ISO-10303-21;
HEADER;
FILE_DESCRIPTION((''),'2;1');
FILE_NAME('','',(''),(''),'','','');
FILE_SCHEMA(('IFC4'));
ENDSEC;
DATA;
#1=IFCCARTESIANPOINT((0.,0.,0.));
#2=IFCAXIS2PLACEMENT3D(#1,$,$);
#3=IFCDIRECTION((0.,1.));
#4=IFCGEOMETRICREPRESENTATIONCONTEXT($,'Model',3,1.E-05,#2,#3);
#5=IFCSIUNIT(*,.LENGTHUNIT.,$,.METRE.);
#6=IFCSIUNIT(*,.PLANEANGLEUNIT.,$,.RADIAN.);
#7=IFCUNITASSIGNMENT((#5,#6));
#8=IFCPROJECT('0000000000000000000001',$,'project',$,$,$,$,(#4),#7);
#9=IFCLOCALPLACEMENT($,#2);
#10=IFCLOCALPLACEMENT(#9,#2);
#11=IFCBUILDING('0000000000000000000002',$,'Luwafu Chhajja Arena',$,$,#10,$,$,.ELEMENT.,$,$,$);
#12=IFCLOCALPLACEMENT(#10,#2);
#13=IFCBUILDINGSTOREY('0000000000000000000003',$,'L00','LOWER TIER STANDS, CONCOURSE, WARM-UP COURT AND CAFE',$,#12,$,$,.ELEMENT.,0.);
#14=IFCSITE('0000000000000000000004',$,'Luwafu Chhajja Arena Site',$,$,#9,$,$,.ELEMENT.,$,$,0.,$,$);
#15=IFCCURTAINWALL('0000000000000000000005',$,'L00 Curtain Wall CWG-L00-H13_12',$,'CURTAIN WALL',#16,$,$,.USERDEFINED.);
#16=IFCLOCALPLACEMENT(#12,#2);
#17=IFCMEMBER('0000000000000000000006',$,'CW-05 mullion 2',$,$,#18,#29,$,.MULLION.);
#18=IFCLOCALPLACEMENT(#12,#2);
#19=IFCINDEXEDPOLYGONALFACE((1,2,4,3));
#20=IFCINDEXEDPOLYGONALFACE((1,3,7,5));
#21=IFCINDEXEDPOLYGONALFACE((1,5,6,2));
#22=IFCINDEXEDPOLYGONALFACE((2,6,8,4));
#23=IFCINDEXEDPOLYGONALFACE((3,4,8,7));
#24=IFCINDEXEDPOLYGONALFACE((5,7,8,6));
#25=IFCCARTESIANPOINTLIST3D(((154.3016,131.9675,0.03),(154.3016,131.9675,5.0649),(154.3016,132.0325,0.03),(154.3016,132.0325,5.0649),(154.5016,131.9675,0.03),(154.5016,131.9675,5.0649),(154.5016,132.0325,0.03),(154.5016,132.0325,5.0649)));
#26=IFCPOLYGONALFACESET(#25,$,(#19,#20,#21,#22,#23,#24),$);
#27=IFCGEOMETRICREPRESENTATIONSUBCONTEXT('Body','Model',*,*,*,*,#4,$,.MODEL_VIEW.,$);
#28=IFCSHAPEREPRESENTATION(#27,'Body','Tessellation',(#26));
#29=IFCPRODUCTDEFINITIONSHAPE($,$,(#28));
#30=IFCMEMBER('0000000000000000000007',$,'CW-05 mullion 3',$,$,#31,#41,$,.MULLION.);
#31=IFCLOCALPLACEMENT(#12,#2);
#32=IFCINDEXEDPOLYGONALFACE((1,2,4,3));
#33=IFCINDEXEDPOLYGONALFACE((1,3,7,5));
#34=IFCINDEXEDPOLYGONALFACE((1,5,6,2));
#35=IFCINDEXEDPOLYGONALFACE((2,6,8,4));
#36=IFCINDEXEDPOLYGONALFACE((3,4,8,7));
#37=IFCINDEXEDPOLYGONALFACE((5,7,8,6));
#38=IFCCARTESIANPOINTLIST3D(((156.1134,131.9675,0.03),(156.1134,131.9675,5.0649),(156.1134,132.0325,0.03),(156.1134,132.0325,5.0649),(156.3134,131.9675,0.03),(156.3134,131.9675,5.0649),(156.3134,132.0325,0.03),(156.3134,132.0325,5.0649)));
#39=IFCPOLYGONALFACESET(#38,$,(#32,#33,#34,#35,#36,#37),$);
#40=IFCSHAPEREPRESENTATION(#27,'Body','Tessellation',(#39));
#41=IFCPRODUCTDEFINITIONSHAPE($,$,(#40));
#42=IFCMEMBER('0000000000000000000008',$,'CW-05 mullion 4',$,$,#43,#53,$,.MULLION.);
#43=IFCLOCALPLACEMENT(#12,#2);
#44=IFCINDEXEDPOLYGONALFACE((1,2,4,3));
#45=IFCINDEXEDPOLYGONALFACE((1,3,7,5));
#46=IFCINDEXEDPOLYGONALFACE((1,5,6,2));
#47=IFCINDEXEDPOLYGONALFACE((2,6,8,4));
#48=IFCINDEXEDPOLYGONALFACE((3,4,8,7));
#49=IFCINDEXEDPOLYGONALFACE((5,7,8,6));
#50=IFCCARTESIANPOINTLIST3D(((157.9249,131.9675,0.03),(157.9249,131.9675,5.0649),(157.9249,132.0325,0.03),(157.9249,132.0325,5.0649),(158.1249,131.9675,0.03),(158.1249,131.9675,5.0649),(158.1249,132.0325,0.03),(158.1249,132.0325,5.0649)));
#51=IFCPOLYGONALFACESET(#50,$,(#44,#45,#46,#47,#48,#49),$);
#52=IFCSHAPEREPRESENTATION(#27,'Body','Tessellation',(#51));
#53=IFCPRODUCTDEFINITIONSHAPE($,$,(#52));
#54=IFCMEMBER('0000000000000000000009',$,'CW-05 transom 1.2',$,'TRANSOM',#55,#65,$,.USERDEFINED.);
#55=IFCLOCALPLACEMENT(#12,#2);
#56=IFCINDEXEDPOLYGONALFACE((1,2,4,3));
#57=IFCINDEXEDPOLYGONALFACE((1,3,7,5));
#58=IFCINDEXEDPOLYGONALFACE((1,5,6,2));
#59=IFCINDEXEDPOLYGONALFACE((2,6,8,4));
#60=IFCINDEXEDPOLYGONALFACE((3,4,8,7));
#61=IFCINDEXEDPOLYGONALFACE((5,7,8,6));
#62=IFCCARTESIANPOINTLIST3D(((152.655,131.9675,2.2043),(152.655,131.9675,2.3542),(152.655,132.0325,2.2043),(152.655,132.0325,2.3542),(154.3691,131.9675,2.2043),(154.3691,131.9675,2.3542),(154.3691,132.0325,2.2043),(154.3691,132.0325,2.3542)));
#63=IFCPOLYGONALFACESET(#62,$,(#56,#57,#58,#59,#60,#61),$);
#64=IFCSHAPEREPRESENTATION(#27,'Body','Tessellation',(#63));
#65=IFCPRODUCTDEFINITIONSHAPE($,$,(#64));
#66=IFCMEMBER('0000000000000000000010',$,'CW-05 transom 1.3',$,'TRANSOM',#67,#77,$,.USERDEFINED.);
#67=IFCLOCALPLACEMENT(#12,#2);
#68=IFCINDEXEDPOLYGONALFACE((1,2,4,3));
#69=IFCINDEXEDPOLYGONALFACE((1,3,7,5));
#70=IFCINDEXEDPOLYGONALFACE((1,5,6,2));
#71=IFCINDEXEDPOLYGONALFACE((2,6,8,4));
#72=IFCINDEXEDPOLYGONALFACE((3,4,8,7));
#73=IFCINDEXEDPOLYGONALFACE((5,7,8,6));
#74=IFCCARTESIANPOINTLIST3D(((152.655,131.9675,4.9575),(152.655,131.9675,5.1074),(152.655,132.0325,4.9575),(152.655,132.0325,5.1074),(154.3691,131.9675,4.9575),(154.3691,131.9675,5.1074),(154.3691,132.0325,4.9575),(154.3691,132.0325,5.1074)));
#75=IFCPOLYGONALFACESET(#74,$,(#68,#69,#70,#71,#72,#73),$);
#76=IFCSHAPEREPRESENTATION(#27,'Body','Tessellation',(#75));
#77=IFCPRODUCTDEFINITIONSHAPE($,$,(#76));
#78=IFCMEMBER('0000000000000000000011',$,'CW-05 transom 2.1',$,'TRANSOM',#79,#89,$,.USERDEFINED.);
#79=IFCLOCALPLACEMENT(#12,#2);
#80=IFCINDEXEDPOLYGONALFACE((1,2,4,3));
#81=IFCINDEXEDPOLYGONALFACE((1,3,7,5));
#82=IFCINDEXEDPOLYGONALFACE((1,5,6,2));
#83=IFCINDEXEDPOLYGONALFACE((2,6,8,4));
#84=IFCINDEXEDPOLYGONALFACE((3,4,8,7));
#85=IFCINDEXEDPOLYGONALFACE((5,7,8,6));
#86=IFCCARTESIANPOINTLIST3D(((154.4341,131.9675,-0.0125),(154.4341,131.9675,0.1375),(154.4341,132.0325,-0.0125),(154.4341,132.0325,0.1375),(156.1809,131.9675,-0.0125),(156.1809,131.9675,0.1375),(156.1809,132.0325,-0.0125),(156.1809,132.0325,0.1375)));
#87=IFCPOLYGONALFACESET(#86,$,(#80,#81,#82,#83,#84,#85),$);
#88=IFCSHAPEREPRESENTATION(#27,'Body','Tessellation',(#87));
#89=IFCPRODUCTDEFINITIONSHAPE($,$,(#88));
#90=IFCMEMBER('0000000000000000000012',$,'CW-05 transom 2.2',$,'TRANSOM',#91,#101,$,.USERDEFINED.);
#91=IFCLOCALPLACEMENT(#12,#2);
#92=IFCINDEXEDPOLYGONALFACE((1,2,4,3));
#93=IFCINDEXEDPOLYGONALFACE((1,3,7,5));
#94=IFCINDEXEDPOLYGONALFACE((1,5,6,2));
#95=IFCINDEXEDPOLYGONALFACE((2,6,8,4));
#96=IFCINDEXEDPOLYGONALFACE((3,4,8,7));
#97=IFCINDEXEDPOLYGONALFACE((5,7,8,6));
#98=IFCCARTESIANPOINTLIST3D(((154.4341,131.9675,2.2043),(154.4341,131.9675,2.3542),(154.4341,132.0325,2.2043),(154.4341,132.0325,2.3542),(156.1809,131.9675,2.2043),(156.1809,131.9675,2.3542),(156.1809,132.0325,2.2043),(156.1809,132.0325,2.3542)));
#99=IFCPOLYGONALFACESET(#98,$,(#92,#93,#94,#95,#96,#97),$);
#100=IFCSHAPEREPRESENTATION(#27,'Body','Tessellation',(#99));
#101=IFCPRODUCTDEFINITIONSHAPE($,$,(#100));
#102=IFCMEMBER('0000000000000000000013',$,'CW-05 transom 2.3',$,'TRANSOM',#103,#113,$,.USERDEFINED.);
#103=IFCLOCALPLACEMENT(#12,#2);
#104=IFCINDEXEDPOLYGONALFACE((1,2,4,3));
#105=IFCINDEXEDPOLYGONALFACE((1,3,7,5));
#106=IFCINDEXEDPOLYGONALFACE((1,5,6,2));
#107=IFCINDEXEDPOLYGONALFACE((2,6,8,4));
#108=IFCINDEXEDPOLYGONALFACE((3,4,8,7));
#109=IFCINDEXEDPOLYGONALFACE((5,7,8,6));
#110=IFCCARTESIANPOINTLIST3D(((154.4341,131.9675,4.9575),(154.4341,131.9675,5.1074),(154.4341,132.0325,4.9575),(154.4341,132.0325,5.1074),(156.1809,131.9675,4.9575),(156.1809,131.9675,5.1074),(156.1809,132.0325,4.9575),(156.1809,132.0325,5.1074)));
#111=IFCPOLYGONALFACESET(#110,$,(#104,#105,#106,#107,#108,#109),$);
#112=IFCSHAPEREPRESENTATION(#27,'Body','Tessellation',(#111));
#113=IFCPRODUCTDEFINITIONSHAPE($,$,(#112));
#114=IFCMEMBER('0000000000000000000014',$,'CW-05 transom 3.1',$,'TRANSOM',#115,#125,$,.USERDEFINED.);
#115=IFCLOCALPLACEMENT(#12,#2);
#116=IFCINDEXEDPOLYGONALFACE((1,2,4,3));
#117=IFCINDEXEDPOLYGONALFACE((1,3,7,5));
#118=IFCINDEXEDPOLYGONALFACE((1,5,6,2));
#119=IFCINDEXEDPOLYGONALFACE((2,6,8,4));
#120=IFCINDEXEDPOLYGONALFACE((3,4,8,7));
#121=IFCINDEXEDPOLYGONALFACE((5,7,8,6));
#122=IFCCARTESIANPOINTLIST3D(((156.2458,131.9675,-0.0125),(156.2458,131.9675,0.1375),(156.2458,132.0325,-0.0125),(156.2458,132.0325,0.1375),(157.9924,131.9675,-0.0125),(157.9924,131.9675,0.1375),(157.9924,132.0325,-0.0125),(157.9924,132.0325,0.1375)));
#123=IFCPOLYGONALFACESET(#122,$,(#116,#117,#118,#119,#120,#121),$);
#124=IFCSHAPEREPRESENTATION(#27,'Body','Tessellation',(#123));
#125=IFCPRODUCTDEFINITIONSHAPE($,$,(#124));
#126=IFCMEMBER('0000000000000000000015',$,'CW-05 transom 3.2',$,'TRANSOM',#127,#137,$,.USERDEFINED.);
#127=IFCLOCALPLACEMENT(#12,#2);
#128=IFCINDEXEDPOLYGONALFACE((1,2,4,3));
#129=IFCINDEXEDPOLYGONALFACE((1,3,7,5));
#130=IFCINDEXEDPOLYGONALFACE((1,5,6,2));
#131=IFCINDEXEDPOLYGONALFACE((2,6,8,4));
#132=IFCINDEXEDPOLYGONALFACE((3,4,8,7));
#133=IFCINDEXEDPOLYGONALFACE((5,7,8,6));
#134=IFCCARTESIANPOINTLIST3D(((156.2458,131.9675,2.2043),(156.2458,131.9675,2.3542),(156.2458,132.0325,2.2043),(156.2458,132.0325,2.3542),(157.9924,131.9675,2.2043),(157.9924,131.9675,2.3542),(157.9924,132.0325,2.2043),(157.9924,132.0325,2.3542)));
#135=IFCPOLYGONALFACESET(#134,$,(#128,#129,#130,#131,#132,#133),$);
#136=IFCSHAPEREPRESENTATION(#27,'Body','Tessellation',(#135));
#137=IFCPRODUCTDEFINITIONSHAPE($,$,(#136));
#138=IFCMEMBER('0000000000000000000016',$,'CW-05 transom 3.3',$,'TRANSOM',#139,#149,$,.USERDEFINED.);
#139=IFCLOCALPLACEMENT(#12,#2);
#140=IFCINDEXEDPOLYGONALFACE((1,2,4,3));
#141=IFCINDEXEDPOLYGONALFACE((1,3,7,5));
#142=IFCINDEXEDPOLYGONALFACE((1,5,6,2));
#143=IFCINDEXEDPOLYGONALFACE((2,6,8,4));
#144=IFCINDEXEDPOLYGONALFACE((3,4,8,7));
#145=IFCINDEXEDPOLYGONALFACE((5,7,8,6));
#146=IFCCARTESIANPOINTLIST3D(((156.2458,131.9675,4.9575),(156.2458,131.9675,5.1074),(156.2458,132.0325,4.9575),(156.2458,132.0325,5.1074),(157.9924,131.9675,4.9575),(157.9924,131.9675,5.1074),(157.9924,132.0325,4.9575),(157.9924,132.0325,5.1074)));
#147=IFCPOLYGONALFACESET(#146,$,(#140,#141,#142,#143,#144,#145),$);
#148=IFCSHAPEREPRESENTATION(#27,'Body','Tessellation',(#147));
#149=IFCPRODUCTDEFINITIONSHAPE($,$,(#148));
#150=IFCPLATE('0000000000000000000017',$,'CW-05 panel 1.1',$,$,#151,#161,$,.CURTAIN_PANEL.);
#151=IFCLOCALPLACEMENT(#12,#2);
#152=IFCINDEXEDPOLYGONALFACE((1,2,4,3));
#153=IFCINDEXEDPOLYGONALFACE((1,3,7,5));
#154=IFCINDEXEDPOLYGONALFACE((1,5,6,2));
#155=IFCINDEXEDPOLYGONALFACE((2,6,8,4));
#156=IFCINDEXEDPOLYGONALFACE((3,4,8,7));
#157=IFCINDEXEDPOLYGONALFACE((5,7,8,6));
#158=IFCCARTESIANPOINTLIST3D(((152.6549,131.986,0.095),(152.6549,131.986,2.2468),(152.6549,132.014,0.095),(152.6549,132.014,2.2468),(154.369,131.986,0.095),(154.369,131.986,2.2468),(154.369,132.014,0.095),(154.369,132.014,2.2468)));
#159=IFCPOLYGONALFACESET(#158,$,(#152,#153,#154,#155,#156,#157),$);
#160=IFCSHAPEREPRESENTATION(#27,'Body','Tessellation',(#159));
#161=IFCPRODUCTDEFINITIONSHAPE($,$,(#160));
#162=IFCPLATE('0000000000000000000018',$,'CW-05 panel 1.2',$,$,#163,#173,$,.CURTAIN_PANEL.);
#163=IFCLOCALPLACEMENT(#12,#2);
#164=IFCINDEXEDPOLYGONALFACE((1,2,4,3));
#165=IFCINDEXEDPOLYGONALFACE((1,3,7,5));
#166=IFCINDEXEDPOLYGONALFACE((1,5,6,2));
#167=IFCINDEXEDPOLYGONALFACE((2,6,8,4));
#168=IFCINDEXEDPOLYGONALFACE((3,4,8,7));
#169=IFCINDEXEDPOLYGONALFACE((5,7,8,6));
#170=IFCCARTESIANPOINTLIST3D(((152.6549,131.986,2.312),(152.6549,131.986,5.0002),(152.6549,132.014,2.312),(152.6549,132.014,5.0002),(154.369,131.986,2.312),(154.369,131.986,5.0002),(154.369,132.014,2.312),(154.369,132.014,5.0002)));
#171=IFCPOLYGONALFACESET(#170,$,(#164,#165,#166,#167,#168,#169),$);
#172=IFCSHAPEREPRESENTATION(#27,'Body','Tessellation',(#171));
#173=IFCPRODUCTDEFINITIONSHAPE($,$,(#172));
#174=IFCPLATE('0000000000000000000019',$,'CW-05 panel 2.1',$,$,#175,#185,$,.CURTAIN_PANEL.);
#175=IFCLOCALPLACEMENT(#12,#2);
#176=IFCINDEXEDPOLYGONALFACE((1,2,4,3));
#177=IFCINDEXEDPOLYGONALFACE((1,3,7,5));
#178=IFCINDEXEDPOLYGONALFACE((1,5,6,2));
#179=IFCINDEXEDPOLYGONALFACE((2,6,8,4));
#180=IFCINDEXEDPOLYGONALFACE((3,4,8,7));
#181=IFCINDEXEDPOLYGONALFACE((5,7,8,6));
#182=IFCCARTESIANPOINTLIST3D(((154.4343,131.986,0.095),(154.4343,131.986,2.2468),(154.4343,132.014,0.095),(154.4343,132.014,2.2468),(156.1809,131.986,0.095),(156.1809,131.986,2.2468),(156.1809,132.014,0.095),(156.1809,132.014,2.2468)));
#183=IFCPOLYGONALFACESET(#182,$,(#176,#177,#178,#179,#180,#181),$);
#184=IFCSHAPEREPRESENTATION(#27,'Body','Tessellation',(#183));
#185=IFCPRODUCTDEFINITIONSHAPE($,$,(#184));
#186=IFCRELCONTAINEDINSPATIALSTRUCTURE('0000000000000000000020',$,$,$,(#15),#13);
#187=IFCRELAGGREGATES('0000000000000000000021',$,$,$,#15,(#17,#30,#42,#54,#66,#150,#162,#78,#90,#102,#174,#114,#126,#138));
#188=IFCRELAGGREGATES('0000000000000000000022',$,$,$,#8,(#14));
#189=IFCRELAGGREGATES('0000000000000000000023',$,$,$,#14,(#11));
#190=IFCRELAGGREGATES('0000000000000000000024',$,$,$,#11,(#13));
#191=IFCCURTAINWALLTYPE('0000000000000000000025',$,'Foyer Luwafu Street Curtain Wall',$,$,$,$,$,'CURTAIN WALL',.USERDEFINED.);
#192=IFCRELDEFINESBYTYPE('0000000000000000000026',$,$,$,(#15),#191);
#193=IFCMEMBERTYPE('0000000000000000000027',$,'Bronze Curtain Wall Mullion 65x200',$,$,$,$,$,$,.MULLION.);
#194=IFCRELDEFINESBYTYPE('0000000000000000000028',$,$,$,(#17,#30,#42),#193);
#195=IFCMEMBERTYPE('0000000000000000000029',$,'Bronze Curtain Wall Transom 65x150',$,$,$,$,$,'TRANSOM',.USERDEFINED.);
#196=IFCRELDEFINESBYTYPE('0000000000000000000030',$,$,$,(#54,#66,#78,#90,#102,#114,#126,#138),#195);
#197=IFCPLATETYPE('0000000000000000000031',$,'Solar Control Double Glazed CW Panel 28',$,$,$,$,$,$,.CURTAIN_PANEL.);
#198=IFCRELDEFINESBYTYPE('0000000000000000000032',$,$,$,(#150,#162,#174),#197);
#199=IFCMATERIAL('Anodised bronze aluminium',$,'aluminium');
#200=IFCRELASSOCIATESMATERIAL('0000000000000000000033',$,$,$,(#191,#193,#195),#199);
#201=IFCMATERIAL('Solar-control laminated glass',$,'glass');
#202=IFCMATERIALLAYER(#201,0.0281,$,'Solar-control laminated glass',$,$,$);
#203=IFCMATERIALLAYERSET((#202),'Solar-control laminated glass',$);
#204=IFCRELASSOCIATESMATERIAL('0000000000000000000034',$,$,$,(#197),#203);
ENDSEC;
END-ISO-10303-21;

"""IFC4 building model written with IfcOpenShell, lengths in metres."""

from ifc_helpers import new_model, si_unit, direction, frame, origin, origin_2d, place, context, subcontext, project, spatial, rectangle, extrude, material, layer, layer_set, material_profile, profile_set, type_object, element, aggregate, save


model = new_model("IFC4")

# Units and contexts
model_context = context("Model", 3, precision=1e-05, world=origin(), true_north=direction((0.0, 1.0)))
body_context = subcontext(model_context, "Body", "Model", "MODEL_VIEW")
ifc_project = project(units=[si_unit("LENGTHUNIT", "METRE"), si_unit("PLANEANGLEUNIT", "RADIAN")], contexts=[model_context])

# Site, building, storey
site_placement = place(None, origin())
site = spatial("IfcSite", under=ifc_project, at=site_placement, Name="Luwafu Chhajja Arena Site", CompositionType="ELEMENT", RefElevation=0.0)
building_placement = place(site_placement, origin())
building = spatial("IfcBuilding", under=site, at=building_placement, Name="Luwafu Chhajja Arena", CompositionType="ELEMENT")
storey_placement = place(building_placement, origin())
storey = spatial("IfcBuildingStorey", under=building, at=storey_placement, Name="L00", Description="LOWER TIER STANDS, CONCOURSE, WARM-UP COURT AND CAFE", CompositionType="ELEMENT", Elevation=0.0)

# Curtain wall, members, plates
ifc_material_1 = material(Name="Anodised bronze aluminium", Category="aluminium")
curtain_wall_type = type_object("IfcCurtainWallType", Name="Foyer Luwafu Street Curtain Wall", ElementType="CURTAIN WALL", PredefinedType="USERDEFINED", material=ifc_material_1)
curtain_wall_placement = place(storey_placement, origin())
curtain_wall = element("IfcCurtainWall", 1, at=curtain_wall_placement, inside=storey, type_object=curtain_wall_type, Name="L00 Curtain Wall CWG-L00-H13_12", ObjectType="CURTAIN WALL", PredefinedType="USERDEFINED")
ifc_material_profile_1 = material_profile(ifc_material_1, rectangle(XDim=0.0649, YDim=0.2, at=origin_2d()), Name="CWM 65x200")
ifc_profile_set_1 = profile_set([ifc_material_profile_1], Name="Anodised bronze aluminium")
member_type_1 = type_object("IfcMemberType", Name="Bronze Curtain Wall Mullion 65x200", PredefinedType="MULLION", material=ifc_profile_set_1)
member_1_placement = place(storey_placement, frame((154.4016, 132.0, 0.03), z_axis=(0.0, 0.0, 1.0), x_axis=(0.0, 1.0, 0.0)))
member_1 = element("IfcMember", 2, at=member_1_placement, type_object=member_type_1, Name="CW-05 mullion 2", PredefinedType="MULLION", context=body_context, shape_type="SweptSolid", body=[
    extrude(rectangle(XDim=0.0649, YDim=0.2, at=origin_2d()), origin(), (0.0, 0.0, 1.0), 5.0349),
])
member_2_placement = place(storey_placement, frame((156.2134, 132.0, 0.03), z_axis=(0.0, 0.0, 1.0), x_axis=(0.0, 1.0, 0.0)))
member_2 = element("IfcMember", 3, at=member_2_placement, type_object=member_type_1, Name="CW-05 mullion 3", PredefinedType="MULLION", context=body_context, shape_type="SweptSolid", body=[
    extrude(rectangle(XDim=0.0649, YDim=0.2, at=origin_2d()), origin(), (0.0, 0.0, 1.0), 5.0349),
])
member_3_placement = place(storey_placement, frame((158.0249, 132.0, 0.03), z_axis=(0.0, 0.0, 1.0), x_axis=(0.0, 1.0, 0.0)))
member_3 = element("IfcMember", 4, at=member_3_placement, type_object=member_type_1, Name="CW-05 mullion 4", PredefinedType="MULLION", context=body_context, shape_type="SweptSolid", body=[
    extrude(rectangle(XDim=0.0649, YDim=0.2, at=origin_2d()), origin(), (0.0, 0.0, 1.0), 5.0349),
])
ifc_material_profile_2 = material_profile(ifc_material_1, rectangle(XDim=0.0649, YDim=0.1499, at=origin_2d()), Name="CWT 65x150")
ifc_profile_set_2 = profile_set([ifc_material_profile_2], Name="Anodised bronze aluminium")
member_type_2 = type_object("IfcMemberType", Name="Bronze Curtain Wall Transom 65x150", ElementType="TRANSOM", PredefinedType="USERDEFINED", material=ifc_profile_set_2)
member_4_placement = place(storey_placement, frame((152.655, 132.0, 2.2793), z_axis=(1.0, 0.0, 0.0), x_axis=(0.0, 1.0, 0.0)))
member_4 = element("IfcMember", 5, at=member_4_placement, type_object=member_type_2, Name="CW-05 transom 1.2", ObjectType="TRANSOM", PredefinedType="USERDEFINED", context=body_context, shape_type="SweptSolid", body=[
    extrude(rectangle(XDim=0.0649, YDim=0.1499, at=origin_2d()), origin(), (0.0, 0.0, 1.0), 1.7141),
])
member_5_placement = place(storey_placement, frame((152.655, 132.0, 5.0325), z_axis=(1.0, 0.0, 0.0), x_axis=(0.0, 1.0, 0.0)))
member_5 = element("IfcMember", 6, at=member_5_placement, type_object=member_type_2, Name="CW-05 transom 1.3", ObjectType="TRANSOM", PredefinedType="USERDEFINED", context=body_context, shape_type="SweptSolid", body=[
    extrude(rectangle(XDim=0.0649, YDim=0.1499, at=origin_2d()), origin(), (0.0, 0.0, 1.0), 1.7141),
])
member_6_placement = place(storey_placement, frame((154.4341, 132.0, 0.0625), z_axis=(1.0, 0.0, 0.0), x_axis=(0.0, 1.0, 0.0)))
member_6 = element("IfcMember", 7, at=member_6_placement, type_object=member_type_2, Name="CW-05 transom 2.1", ObjectType="TRANSOM", PredefinedType="USERDEFINED", context=body_context, shape_type="SweptSolid", body=[
    extrude(rectangle(XDim=0.0649, YDim=0.1499, at=origin_2d()), origin(), (0.0, 0.0, 1.0), 1.7468),
])
member_7_placement = place(storey_placement, frame((154.4341, 132.0, 2.2793), z_axis=(1.0, 0.0, 0.0), x_axis=(0.0, 1.0, 0.0)))
member_7 = element("IfcMember", 8, at=member_7_placement, type_object=member_type_2, Name="CW-05 transom 2.2", ObjectType="TRANSOM", PredefinedType="USERDEFINED", context=body_context, shape_type="SweptSolid", body=[
    extrude(rectangle(XDim=0.0649, YDim=0.1499, at=origin_2d()), origin(), (0.0, 0.0, 1.0), 1.7468),
])
member_8_placement = place(storey_placement, frame((154.4341, 132.0, 5.0325), z_axis=(1.0, 0.0, 0.0), x_axis=(0.0, 1.0, 0.0)))
member_8 = element("IfcMember", 9, at=member_8_placement, type_object=member_type_2, Name="CW-05 transom 2.3", ObjectType="TRANSOM", PredefinedType="USERDEFINED", context=body_context, shape_type="SweptSolid", body=[
    extrude(rectangle(XDim=0.0649, YDim=0.1499, at=origin_2d()), origin(), (0.0, 0.0, 1.0), 1.7468),
])
member_9_placement = place(storey_placement, frame((156.2458, 132.0, 0.0625), z_axis=(1.0, 0.0, 0.0), x_axis=(0.0, 1.0, 0.0)))
member_9 = element("IfcMember", 10, at=member_9_placement, type_object=member_type_2, Name="CW-05 transom 3.1", ObjectType="TRANSOM", PredefinedType="USERDEFINED", context=body_context, shape_type="SweptSolid", body=[
    extrude(rectangle(XDim=0.0649, YDim=0.1499, at=origin_2d()), origin(), (0.0, 0.0, 1.0), 1.7466),
])
member_10_placement = place(storey_placement, frame((156.2458, 132.0, 2.2793), z_axis=(1.0, 0.0, 0.0), x_axis=(0.0, 1.0, 0.0)))
member_10 = element("IfcMember", 11, at=member_10_placement, type_object=member_type_2, Name="CW-05 transom 3.2", ObjectType="TRANSOM", PredefinedType="USERDEFINED", context=body_context, shape_type="SweptSolid", body=[
    extrude(rectangle(XDim=0.0649, YDim=0.1499, at=origin_2d()), origin(), (0.0, 0.0, 1.0), 1.7466),
])
member_11_placement = place(storey_placement, frame((156.2458, 132.0, 5.0325), z_axis=(1.0, 0.0, 0.0), x_axis=(0.0, 1.0, 0.0)))
member_11 = element("IfcMember", 12, at=member_11_placement, type_object=member_type_2, Name="CW-05 transom 3.3", ObjectType="TRANSOM", PredefinedType="USERDEFINED", context=body_context, shape_type="SweptSolid", body=[
    extrude(rectangle(XDim=0.0649, YDim=0.1499, at=origin_2d()), origin(), (0.0, 0.0, 1.0), 1.7466),
])
ifc_material_2 = material(Name="Solar-control laminated glass", Category="glass")
ifc_layer_1 = layer(ifc_material_2, 0.0281, Name="Solar-control laminated glass")
ifc_layer_set_1 = layer_set([ifc_layer_1], Name="Solar-control laminated glass")
plate_type = type_object("IfcPlateType", Name="Solar Control Double Glazed CW Panel 28", PredefinedType="CURTAIN_PANEL", material=ifc_layer_set_1)
plate_1_placement = place(storey_placement, frame((153.512, 132.0, 0.095), z_axis=(0.0, 0.0, 1.0), x_axis=(1.0, 0.0, 0.0)))
plate_1 = element("IfcPlate", 13, at=plate_1_placement, type_object=plate_type, Name="CW-05 panel 1.1", PredefinedType="CURTAIN_PANEL", context=body_context, shape_type="SweptSolid", body=[
    extrude(rectangle(XDim=1.7141, YDim=0.0281, at=origin_2d()), origin(), (0.0, 0.0, 1.0), 2.1519),
])
plate_2_placement = place(storey_placement, frame((153.512, 132.0, 2.312), z_axis=(0.0, 0.0, 1.0), x_axis=(1.0, 0.0, 0.0)))
plate_2 = element("IfcPlate", 14, at=plate_2_placement, type_object=plate_type, Name="CW-05 panel 1.2", PredefinedType="CURTAIN_PANEL", context=body_context, shape_type="SweptSolid", body=[
    extrude(rectangle(XDim=1.7141, YDim=0.0281, at=origin_2d()), origin(), (0.0, 0.0, 1.0), 2.6882),
])
plate_3_placement = place(storey_placement, frame((155.3076, 132.0, 0.095), z_axis=(0.0, 0.0, 1.0), x_axis=(1.0, 0.0, 0.0)))
plate_3 = element("IfcPlate", 15, at=plate_3_placement, type_object=plate_type, Name="CW-05 panel 2.1", PredefinedType="CURTAIN_PANEL", context=body_context, shape_type="SweptSolid", body=[
    extrude(rectangle(XDim=1.7466, YDim=0.0281, at=origin_2d()), origin(), (0.0, 0.0, 1.0), 2.1519),
])
aggregate(curtain_wall, [member_1, member_2, member_3, member_4, member_5, plate_1, plate_2, member_6, member_7, member_8, plate_3, member_9, member_10, member_11])

save(model, "model.ifc")
